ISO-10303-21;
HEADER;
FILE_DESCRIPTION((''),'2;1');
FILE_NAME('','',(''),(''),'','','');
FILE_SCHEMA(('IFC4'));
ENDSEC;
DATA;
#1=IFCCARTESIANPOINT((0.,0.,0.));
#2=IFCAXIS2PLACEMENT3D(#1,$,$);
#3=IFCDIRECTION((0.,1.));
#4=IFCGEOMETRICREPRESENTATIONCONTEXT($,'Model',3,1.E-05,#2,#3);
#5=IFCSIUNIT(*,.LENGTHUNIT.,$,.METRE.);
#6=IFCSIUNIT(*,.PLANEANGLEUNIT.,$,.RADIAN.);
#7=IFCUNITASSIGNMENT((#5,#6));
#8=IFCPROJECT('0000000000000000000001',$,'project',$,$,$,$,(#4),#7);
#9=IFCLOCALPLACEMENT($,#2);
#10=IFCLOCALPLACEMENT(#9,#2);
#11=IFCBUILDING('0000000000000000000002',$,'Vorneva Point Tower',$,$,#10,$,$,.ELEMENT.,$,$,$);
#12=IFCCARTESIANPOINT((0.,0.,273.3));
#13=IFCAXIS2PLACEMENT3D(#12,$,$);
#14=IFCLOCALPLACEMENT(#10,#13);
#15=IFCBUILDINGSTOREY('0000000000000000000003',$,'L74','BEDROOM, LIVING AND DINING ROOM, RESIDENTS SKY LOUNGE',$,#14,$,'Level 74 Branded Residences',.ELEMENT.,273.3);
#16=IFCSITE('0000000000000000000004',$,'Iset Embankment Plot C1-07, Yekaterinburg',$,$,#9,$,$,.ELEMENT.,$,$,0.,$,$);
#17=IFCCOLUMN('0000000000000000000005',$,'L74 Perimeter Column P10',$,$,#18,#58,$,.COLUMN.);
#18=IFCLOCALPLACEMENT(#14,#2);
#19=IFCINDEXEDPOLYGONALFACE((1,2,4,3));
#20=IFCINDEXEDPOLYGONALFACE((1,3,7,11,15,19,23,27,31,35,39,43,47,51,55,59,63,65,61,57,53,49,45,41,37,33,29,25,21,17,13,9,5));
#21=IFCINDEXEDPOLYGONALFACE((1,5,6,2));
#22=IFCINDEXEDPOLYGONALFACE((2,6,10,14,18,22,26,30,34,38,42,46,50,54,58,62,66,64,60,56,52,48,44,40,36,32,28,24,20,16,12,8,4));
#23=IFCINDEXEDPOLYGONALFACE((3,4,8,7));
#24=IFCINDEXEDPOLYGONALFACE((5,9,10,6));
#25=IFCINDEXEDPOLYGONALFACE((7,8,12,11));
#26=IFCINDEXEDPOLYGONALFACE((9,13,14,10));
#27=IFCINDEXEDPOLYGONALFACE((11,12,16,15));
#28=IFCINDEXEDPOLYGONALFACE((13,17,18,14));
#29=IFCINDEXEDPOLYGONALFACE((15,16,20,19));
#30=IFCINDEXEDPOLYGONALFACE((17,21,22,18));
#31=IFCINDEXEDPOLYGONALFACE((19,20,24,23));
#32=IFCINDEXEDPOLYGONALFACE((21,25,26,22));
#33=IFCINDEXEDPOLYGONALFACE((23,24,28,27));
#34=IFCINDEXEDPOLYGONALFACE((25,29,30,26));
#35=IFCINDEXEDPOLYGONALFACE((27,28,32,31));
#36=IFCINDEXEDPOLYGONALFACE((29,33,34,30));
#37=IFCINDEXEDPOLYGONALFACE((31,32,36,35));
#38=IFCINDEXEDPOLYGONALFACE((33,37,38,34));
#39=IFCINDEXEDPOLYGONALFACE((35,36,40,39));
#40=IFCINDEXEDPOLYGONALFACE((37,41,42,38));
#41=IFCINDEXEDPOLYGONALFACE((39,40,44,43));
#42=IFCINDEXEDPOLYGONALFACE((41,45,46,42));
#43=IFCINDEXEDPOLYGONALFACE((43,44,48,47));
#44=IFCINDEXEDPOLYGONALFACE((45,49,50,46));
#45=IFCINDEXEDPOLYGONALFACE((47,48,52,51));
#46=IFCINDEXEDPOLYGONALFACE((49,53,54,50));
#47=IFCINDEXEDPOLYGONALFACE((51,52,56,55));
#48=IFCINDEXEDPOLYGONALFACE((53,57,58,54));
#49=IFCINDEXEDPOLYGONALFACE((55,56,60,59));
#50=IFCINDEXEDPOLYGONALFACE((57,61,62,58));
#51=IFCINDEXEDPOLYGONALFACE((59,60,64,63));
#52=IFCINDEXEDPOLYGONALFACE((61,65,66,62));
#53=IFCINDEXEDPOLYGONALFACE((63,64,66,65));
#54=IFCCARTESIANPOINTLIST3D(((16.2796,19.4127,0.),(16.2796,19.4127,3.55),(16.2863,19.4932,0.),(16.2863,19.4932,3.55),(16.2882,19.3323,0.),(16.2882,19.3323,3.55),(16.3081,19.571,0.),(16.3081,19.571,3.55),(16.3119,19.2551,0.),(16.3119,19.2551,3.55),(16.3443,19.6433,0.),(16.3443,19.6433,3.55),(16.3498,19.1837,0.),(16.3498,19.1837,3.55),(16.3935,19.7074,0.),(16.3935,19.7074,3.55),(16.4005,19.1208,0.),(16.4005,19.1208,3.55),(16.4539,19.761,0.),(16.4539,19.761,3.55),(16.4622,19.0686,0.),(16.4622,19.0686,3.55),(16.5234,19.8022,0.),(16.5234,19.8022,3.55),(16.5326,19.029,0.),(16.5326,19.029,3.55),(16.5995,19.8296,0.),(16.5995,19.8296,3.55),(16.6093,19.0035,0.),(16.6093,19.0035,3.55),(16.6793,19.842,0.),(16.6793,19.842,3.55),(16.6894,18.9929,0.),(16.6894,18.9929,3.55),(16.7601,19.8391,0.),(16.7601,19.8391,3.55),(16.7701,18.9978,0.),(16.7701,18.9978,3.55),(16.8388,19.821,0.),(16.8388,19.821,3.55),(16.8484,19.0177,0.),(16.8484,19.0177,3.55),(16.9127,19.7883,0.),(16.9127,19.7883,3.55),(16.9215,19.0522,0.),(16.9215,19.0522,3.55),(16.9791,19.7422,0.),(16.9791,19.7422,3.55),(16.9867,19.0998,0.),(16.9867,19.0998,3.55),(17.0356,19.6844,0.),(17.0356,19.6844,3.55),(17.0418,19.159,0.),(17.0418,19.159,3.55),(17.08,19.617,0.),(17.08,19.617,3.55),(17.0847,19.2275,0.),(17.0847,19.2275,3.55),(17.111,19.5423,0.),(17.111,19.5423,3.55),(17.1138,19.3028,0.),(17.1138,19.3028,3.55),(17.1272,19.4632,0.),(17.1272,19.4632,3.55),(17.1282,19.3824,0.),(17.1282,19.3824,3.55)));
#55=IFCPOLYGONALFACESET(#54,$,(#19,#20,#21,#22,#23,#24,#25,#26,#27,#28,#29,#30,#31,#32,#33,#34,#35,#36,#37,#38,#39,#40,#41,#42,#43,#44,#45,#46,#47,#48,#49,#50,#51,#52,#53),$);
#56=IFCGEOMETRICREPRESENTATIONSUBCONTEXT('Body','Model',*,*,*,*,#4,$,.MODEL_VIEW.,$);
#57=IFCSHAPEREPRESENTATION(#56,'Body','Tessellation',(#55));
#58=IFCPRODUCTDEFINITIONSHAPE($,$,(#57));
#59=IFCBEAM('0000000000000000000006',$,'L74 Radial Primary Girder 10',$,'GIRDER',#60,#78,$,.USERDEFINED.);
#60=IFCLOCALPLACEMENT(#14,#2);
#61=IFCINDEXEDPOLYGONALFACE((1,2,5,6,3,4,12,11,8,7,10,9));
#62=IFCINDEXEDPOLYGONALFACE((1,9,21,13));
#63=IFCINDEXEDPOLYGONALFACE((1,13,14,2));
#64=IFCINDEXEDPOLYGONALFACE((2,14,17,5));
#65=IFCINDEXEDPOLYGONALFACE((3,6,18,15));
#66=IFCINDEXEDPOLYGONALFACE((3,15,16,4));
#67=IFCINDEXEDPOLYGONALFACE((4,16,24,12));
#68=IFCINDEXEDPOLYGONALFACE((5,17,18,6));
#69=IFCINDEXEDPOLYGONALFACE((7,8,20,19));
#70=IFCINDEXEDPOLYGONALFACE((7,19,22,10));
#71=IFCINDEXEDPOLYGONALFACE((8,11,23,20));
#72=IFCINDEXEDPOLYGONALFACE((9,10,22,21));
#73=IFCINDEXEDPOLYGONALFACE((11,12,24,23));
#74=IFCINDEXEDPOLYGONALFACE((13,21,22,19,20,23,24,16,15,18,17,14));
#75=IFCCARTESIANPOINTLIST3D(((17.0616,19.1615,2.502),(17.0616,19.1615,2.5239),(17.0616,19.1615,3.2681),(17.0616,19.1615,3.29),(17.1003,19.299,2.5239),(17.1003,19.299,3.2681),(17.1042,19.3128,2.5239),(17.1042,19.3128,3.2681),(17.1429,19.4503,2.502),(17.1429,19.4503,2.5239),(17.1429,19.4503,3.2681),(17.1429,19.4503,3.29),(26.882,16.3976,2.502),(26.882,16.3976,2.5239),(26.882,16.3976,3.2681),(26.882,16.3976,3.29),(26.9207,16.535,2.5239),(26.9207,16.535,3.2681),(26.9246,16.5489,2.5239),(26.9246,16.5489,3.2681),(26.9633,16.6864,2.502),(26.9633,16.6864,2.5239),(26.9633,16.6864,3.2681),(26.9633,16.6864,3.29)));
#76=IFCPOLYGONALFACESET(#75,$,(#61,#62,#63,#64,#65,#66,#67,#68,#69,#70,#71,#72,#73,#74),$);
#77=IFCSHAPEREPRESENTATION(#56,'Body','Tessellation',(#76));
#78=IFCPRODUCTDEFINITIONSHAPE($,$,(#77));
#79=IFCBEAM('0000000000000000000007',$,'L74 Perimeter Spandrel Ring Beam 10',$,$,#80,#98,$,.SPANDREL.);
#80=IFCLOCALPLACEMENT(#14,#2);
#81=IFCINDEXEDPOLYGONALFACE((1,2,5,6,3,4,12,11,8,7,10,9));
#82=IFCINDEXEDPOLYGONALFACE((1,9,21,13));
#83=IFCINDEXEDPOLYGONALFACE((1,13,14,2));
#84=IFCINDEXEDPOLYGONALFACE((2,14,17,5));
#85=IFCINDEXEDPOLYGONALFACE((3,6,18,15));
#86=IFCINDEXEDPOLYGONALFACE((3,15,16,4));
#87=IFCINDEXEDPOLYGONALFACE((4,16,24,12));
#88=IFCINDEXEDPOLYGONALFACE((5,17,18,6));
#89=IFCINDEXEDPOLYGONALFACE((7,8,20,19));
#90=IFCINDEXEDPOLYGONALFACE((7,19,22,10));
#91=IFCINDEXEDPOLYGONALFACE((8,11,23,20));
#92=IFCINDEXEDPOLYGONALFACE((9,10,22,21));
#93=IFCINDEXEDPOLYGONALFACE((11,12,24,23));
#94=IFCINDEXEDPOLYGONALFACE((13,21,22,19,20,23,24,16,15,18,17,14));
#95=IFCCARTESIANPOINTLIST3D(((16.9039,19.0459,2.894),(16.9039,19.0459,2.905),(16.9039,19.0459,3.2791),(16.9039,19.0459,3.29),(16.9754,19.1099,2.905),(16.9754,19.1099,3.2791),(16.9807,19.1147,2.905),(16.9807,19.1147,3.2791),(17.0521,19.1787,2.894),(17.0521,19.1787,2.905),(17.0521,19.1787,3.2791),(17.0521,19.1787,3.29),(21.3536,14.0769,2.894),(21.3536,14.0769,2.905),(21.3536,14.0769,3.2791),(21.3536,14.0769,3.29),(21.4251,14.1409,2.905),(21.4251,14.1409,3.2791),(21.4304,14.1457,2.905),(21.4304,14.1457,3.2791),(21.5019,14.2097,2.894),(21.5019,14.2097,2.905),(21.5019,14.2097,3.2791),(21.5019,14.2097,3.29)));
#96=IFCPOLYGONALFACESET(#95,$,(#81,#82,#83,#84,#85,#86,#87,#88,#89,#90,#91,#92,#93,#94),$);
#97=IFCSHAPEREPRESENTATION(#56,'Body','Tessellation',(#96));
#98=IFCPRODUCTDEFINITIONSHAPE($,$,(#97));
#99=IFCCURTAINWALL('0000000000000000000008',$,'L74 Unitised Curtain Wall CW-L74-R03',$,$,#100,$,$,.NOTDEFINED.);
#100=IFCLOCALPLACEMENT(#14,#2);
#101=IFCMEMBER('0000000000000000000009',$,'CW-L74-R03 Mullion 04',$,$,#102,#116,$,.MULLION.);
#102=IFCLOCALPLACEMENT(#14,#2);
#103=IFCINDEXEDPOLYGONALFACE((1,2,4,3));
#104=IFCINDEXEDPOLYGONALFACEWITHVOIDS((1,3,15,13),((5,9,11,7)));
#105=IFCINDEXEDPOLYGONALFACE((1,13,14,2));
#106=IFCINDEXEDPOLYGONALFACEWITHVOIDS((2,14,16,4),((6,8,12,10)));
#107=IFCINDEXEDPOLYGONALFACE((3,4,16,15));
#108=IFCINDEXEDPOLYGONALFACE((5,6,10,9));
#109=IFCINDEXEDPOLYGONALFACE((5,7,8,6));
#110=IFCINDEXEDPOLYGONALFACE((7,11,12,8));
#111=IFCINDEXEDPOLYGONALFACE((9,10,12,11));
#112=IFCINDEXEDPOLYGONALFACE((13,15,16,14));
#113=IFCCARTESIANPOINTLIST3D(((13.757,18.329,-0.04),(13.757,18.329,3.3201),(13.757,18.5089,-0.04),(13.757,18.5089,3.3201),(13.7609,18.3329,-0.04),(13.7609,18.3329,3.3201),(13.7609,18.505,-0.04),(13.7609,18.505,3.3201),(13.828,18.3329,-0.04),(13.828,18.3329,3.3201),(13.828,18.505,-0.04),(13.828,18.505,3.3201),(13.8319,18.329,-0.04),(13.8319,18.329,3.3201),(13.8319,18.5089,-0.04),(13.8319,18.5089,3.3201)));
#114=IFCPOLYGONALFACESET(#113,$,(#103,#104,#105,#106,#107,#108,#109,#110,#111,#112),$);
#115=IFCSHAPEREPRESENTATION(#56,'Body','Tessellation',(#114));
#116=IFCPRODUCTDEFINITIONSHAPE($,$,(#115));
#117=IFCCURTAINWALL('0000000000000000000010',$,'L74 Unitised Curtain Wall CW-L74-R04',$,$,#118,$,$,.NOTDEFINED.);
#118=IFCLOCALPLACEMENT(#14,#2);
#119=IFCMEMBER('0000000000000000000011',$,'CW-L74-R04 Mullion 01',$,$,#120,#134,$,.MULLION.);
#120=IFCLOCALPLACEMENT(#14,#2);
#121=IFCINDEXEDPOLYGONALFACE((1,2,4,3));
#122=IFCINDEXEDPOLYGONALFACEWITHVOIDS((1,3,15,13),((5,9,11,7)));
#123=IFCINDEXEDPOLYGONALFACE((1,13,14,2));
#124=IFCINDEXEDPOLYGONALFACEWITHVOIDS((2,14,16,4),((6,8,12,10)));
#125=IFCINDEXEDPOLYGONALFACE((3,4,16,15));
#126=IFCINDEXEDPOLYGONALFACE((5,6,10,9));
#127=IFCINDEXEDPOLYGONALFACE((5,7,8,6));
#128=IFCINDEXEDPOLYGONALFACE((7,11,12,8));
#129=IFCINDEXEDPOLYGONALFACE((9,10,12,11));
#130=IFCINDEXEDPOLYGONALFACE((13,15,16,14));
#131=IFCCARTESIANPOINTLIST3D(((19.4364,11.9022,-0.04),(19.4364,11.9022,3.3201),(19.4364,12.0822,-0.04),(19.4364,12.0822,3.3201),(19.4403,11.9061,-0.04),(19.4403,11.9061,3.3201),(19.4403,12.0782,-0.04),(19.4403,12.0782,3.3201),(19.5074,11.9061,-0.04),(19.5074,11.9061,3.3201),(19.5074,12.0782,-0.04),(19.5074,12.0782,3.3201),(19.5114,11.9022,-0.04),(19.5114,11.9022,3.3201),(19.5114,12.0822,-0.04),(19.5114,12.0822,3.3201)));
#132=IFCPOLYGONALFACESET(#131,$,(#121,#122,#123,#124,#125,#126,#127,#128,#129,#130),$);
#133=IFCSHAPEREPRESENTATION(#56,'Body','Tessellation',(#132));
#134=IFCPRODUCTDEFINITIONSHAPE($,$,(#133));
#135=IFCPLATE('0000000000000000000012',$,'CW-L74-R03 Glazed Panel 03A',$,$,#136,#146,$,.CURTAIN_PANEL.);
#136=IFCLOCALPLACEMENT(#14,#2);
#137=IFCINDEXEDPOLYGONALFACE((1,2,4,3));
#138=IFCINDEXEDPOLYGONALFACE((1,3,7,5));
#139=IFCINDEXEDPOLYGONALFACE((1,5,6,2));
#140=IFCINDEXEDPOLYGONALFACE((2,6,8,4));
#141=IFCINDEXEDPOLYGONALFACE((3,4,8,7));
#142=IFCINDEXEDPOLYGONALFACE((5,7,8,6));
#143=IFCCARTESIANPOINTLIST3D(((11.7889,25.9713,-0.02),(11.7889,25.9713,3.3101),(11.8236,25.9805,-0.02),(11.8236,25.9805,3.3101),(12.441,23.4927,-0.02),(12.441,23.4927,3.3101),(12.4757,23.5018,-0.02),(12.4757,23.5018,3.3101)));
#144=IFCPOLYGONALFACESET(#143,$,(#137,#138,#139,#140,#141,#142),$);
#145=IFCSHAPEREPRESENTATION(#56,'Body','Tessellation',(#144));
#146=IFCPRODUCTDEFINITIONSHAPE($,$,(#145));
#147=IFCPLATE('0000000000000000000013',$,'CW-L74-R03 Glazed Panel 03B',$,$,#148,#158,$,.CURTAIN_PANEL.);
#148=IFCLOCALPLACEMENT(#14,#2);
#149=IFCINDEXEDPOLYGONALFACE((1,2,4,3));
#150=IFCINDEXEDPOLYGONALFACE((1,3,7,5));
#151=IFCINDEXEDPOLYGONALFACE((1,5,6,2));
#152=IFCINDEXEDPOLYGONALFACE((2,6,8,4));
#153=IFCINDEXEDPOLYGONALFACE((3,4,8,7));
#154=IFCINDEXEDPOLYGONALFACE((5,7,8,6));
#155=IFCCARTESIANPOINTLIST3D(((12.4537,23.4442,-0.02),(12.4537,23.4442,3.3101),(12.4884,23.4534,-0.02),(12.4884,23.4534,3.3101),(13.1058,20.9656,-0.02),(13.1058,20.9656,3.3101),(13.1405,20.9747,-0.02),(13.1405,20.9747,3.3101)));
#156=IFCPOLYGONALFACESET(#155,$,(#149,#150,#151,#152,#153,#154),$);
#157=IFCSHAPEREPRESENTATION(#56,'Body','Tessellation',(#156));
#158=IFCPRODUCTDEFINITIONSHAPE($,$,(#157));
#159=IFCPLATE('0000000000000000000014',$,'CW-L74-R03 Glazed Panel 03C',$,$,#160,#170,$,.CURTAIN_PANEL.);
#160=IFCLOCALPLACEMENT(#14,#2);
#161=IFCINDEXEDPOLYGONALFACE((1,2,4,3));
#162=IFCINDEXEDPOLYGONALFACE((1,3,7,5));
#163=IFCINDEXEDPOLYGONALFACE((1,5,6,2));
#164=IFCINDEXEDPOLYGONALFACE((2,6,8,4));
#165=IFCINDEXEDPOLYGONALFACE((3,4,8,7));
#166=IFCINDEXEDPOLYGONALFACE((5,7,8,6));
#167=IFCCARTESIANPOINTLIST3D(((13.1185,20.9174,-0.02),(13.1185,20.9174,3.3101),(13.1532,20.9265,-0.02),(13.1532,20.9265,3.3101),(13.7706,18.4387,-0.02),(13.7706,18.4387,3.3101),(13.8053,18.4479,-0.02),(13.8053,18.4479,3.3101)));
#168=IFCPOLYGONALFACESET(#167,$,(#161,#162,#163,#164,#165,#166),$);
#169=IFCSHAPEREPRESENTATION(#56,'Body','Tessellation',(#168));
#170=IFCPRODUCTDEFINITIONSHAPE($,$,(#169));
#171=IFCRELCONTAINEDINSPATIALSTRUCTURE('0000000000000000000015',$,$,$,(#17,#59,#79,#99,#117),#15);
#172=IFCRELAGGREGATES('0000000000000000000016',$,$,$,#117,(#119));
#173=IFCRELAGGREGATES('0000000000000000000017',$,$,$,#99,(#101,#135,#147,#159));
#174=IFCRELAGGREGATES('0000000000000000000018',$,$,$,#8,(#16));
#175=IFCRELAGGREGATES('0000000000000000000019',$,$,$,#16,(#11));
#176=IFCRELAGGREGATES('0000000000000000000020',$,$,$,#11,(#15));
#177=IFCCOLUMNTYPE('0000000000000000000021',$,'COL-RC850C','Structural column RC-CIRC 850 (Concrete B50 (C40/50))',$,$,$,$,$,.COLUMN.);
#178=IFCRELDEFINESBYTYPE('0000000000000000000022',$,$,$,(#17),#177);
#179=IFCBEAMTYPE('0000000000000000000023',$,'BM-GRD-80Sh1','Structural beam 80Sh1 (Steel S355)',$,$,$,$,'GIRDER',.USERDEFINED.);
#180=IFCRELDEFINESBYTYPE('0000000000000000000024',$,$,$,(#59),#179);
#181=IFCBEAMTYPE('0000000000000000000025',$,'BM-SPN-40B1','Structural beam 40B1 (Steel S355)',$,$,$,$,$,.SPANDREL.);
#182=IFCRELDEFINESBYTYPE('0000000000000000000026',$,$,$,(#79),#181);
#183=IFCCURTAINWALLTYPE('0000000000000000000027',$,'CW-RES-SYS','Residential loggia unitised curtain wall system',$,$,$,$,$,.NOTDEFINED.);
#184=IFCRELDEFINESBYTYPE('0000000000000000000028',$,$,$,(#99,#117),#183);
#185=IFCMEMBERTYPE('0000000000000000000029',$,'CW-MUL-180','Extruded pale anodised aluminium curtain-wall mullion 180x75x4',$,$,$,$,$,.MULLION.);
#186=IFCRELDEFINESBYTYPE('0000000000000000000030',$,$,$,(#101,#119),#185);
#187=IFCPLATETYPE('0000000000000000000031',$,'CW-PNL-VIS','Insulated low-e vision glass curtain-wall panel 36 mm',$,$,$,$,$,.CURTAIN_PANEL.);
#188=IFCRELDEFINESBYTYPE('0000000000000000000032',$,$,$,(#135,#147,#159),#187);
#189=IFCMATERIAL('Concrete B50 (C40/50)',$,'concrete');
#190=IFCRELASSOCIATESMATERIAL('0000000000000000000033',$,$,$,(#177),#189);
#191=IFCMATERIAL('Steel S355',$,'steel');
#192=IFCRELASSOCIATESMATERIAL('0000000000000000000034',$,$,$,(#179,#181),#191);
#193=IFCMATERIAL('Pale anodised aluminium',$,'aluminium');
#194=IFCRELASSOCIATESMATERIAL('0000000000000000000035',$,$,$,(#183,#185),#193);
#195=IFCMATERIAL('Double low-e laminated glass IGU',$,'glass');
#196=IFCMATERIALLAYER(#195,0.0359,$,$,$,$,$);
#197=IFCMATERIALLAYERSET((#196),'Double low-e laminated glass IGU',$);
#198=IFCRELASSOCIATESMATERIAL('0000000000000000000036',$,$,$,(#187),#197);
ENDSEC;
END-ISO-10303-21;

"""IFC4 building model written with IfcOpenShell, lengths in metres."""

from ifc_helpers import new_model, si_unit, direction, frame, origin, origin_2d, place, context, subcontext, project, spatial, rectangle, hollow_rectangle, circle, i_section, extrude, material, layer, layer_set, material_profile, profile_set, type_object, element, aggregate, save


model = new_model("IFC4")

# Units and contexts
model_context = context("Model", 3, precision=1e-05, world=origin(), true_north=direction((0.0, 1.0)))
body_context = subcontext(model_context, "Body", "Model", "MODEL_VIEW")
ifc_project = project(units=[si_unit("LENGTHUNIT", "METRE"), si_unit("PLANEANGLEUNIT", "RADIAN")], contexts=[model_context])

# Site, building, storey
site_placement = place(None, origin())
site = spatial("IfcSite", under=ifc_project, at=site_placement, Name="Iset Embankment Plot C1-07, Yekaterinburg", CompositionType="ELEMENT", RefElevation=0.0)
building_placement = place(site_placement, origin())
building = spatial("IfcBuilding", under=site, at=building_placement, Name="Vorneva Point Tower", CompositionType="ELEMENT")
storey_placement = place(building_placement, frame((0.0, 0.0, 273.3)))
storey = spatial("IfcBuildingStorey", under=building, at=storey_placement, Name="L74", Description="BEDROOM, LIVING AND DINING ROOM, RESIDENTS SKY LOUNGE", LongName="Level 74 Branded Residences", CompositionType="ELEMENT", Elevation=273.3)

# Column
ifc_material_1 = material(Name="Concrete B50 (C40/50)", Category="concrete")
ifc_material_profile_1 = material_profile(ifc_material_1, circle(Radius=0.425, at=origin_2d()), Name="RC-CIRC 850")
ifc_profile_set_1 = profile_set([ifc_material_profile_1], Name="Concrete B50 (C40/50)")
column_type = type_object("IfcColumnType", Name="COL-RC850C", Description="Structural column RC-CIRC 850 (Concrete B50 (C40/50))", PredefinedType="COLUMN", material=ifc_profile_set_1)
column_placement = place(storey_placement, frame((16.7046, 19.4177, 0.0), z_axis=(0.0, 0.0, 1.0), x_axis=(-0.92388, -0.382683, 0.0)))
element("IfcColumn", 1, at=column_placement, inside=storey, type_object=column_type, Name="L74 Perimeter Column P10", PredefinedType="COLUMN", context=body_context, shape_type="SweptSolid", body=[
    extrude(circle(Radius=0.425, at=origin_2d()), origin(), (0.0, 0.0, 1.0), 3.55),
])

# Beams
ifc_material_2 = material(Name="Steel S355", Category="steel")
ifc_material_profile_2 = material_profile(ifc_material_2, i_section(OverallWidth=0.3, OverallDepth=0.7881, WebThickness=0.0144, FlangeThickness=0.022, at=origin_2d()), Name="80Sh1")
ifc_profile_set_2 = profile_set([ifc_material_profile_2], Name="Steel S355")
beam_type_1 = type_object("IfcBeamType", Name="BM-GRD-80Sh1", Description="Structural beam 80Sh1 (Steel S355)", ElementType="GIRDER", PredefinedType="USERDEFINED", material=ifc_profile_set_2)
beam_1_placement = place(storey_placement, frame((17.1023, 19.3059, 2.896), z_axis=(0.962601, -0.270923, 0.0), x_axis=(0.270923, 0.962601, 0.0)))
element("IfcBeam", 2, at=beam_1_placement, inside=storey, type_object=beam_type_1, Name="L74 Radial Primary Girder 10", ObjectType="GIRDER", PredefinedType="USERDEFINED", context=body_context, shape_type="SweptSolid", body=[
    extrude(i_section(OverallWidth=0.3, OverallDepth=0.7881, WebThickness=0.0144, FlangeThickness=0.022, at=origin_2d()), origin(), (0.0, 0.0, 1.0), 10.2019),
])
ifc_material_profile_3 = material_profile(ifc_material_2, i_section(OverallWidth=0.199, OverallDepth=0.396, WebThickness=0.0071, FlangeThickness=0.011, at=origin_2d()), Name="40B1")
ifc_profile_set_3 = profile_set([ifc_material_profile_3], Name="Steel S355")
beam_type_2 = type_object("IfcBeamType", Name="BM-SPN-40B1", Description="Structural beam 40B1 (Steel S355)", PredefinedType="SPANDREL", material=ifc_profile_set_3)
beam_2_placement = place(storey_placement, frame((16.978, 19.1123, 3.092), z_axis=(0.667108, -0.744961, 0.0), x_axis=(0.744961, 0.667108, 0.0)))
element("IfcBeam", 3, at=beam_2_placement, inside=storey, type_object=beam_type_2, Name="L74 Perimeter Spandrel Ring Beam 10", PredefinedType="SPANDREL", context=body_context, shape_type="SweptSolid", body=[
    extrude(i_section(OverallWidth=0.199, OverallDepth=0.396, WebThickness=0.0071, FlangeThickness=0.011, at=origin_2d()), origin(), (0.0, 0.0, 1.0), 6.6702),
])

# Curtain walls, members
ifc_material_3 = material(Name="Pale anodised aluminium", Category="aluminium")
curtain_wall_type = type_object("IfcCurtainWallType", Name="CW-RES-SYS", Description="Residential loggia unitised curtain wall system", PredefinedType="NOTDEFINED", material=ifc_material_3)
curtain_wall_1_placement = place(storey_placement, origin())
curtain_wall_1 = element("IfcCurtainWall", 4, at=curtain_wall_1_placement, inside=storey, type_object=curtain_wall_type, Name="L74 Unitised Curtain Wall CW-L74-R03", PredefinedType="NOTDEFINED")
ifc_material_profile_4 = material_profile(ifc_material_3, hollow_rectangle(XDim=0.075, YDim=0.1799, WallThickness=0.0039, at=origin_2d()), Name="AL-MUL 180x75x4")
ifc_profile_set_4 = profile_set([ifc_material_profile_4], Name="Pale anodised aluminium")
member_type = type_object("IfcMemberType", Name="CW-MUL-180", Description="Extruded pale anodised aluminium curtain-wall mullion 180x75x4", PredefinedType="MULLION", material=ifc_profile_set_4)
member_1_placement = place(storey_placement, frame((13.7944, 18.4189, -0.04), z_axis=(0.0, 0.0, 1.0), x_axis=(1.0, 0.0, 0.0)))
member_1 = element("IfcMember", 5, at=member_1_placement, type_object=member_type, Name="CW-L74-R03 Mullion 04", PredefinedType="MULLION", context=body_context, shape_type="SweptSolid", body=[
    extrude(hollow_rectangle(XDim=0.075, YDim=0.1799, WallThickness=0.0039, at=origin_2d()), origin(), (0.0, 0.0, 1.0), 3.3601),
])
curtain_wall_2_placement = place(storey_placement, origin())
curtain_wall_2 = element("IfcCurtainWall", 6, at=curtain_wall_2_placement, inside=storey, type_object=curtain_wall_type, Name="L74 Unitised Curtain Wall CW-L74-R04", PredefinedType="NOTDEFINED")
member_2_placement = place(storey_placement, frame((19.4739, 11.9922, -0.04), z_axis=(0.0, 0.0, 1.0), x_axis=(1.0, 0.0, 0.0)))
member_2 = element("IfcMember", 7, at=member_2_placement, type_object=member_type, Name="CW-L74-R04 Mullion 01", PredefinedType="MULLION", context=body_context, shape_type="SweptSolid", body=[
    extrude(hollow_rectangle(XDim=0.075, YDim=0.1799, WallThickness=0.0039, at=origin_2d()), origin(), (0.0, 0.0, 1.0), 3.3601),
])
aggregate(curtain_wall_2, [member_2])

# Plates
ifc_material_4 = material(Name="Double low-e laminated glass IGU", Category="glass")
ifc_layer_1 = layer(ifc_material_4, 0.0359)
ifc_layer_set_1 = layer_set([ifc_layer_1], Name="Double low-e laminated glass IGU")
plate_type = type_object("IfcPlateType", Name="CW-PNL-VIS", Description="Insulated low-e vision glass curtain-wall panel 36 mm", PredefinedType="CURTAIN_PANEL", material=ifc_layer_set_1)
plate_1_placement = place(storey_placement, frame((12.1323, 24.7366, -0.02), z_axis=(0.0, 0.0, 1.0), x_axis=(0.254416, -0.967095, 0.0)))
plate_1 = element("IfcPlate", 8, at=plate_1_placement, type_object=plate_type, Name="CW-L74-R03 Glazed Panel 03A", PredefinedType="CURTAIN_PANEL", context=body_context, shape_type="SweptSolid", body=[
    extrude(rectangle(XDim=2.563, YDim=0.0359, at=origin_2d()), origin(), (0.0, 0.0, 1.0), 3.3301),
])
plate_2_placement = place(storey_placement, frame((12.7971, 22.2095, -0.02), z_axis=(0.0, 0.0, 1.0), x_axis=(0.254416, -0.967095, 0.0)))
plate_2 = element("IfcPlate", 9, at=plate_2_placement, type_object=plate_type, Name="CW-L74-R03 Glazed Panel 03B", PredefinedType="CURTAIN_PANEL", context=body_context, shape_type="SweptSolid", body=[
    extrude(rectangle(XDim=2.563, YDim=0.0359, at=origin_2d()), origin(), (0.0, 0.0, 1.0), 3.3301),
])
plate_3_placement = place(storey_placement, frame((13.4619, 19.6826, -0.02), z_axis=(0.0, 0.0, 1.0), x_axis=(0.254416, -0.967095, 0.0)))
plate_3 = element("IfcPlate", 10, at=plate_3_placement, type_object=plate_type, Name="CW-L74-R03 Glazed Panel 03C", PredefinedType="CURTAIN_PANEL", context=body_context, shape_type="SweptSolid", body=[
    extrude(rectangle(XDim=2.563, YDim=0.0359, at=origin_2d()), origin(), (0.0, 0.0, 1.0), 3.3301),
])
aggregate(curtain_wall_1, [member_1, plate_1, plate_2, plate_3])

save(model, "model.ifc")
